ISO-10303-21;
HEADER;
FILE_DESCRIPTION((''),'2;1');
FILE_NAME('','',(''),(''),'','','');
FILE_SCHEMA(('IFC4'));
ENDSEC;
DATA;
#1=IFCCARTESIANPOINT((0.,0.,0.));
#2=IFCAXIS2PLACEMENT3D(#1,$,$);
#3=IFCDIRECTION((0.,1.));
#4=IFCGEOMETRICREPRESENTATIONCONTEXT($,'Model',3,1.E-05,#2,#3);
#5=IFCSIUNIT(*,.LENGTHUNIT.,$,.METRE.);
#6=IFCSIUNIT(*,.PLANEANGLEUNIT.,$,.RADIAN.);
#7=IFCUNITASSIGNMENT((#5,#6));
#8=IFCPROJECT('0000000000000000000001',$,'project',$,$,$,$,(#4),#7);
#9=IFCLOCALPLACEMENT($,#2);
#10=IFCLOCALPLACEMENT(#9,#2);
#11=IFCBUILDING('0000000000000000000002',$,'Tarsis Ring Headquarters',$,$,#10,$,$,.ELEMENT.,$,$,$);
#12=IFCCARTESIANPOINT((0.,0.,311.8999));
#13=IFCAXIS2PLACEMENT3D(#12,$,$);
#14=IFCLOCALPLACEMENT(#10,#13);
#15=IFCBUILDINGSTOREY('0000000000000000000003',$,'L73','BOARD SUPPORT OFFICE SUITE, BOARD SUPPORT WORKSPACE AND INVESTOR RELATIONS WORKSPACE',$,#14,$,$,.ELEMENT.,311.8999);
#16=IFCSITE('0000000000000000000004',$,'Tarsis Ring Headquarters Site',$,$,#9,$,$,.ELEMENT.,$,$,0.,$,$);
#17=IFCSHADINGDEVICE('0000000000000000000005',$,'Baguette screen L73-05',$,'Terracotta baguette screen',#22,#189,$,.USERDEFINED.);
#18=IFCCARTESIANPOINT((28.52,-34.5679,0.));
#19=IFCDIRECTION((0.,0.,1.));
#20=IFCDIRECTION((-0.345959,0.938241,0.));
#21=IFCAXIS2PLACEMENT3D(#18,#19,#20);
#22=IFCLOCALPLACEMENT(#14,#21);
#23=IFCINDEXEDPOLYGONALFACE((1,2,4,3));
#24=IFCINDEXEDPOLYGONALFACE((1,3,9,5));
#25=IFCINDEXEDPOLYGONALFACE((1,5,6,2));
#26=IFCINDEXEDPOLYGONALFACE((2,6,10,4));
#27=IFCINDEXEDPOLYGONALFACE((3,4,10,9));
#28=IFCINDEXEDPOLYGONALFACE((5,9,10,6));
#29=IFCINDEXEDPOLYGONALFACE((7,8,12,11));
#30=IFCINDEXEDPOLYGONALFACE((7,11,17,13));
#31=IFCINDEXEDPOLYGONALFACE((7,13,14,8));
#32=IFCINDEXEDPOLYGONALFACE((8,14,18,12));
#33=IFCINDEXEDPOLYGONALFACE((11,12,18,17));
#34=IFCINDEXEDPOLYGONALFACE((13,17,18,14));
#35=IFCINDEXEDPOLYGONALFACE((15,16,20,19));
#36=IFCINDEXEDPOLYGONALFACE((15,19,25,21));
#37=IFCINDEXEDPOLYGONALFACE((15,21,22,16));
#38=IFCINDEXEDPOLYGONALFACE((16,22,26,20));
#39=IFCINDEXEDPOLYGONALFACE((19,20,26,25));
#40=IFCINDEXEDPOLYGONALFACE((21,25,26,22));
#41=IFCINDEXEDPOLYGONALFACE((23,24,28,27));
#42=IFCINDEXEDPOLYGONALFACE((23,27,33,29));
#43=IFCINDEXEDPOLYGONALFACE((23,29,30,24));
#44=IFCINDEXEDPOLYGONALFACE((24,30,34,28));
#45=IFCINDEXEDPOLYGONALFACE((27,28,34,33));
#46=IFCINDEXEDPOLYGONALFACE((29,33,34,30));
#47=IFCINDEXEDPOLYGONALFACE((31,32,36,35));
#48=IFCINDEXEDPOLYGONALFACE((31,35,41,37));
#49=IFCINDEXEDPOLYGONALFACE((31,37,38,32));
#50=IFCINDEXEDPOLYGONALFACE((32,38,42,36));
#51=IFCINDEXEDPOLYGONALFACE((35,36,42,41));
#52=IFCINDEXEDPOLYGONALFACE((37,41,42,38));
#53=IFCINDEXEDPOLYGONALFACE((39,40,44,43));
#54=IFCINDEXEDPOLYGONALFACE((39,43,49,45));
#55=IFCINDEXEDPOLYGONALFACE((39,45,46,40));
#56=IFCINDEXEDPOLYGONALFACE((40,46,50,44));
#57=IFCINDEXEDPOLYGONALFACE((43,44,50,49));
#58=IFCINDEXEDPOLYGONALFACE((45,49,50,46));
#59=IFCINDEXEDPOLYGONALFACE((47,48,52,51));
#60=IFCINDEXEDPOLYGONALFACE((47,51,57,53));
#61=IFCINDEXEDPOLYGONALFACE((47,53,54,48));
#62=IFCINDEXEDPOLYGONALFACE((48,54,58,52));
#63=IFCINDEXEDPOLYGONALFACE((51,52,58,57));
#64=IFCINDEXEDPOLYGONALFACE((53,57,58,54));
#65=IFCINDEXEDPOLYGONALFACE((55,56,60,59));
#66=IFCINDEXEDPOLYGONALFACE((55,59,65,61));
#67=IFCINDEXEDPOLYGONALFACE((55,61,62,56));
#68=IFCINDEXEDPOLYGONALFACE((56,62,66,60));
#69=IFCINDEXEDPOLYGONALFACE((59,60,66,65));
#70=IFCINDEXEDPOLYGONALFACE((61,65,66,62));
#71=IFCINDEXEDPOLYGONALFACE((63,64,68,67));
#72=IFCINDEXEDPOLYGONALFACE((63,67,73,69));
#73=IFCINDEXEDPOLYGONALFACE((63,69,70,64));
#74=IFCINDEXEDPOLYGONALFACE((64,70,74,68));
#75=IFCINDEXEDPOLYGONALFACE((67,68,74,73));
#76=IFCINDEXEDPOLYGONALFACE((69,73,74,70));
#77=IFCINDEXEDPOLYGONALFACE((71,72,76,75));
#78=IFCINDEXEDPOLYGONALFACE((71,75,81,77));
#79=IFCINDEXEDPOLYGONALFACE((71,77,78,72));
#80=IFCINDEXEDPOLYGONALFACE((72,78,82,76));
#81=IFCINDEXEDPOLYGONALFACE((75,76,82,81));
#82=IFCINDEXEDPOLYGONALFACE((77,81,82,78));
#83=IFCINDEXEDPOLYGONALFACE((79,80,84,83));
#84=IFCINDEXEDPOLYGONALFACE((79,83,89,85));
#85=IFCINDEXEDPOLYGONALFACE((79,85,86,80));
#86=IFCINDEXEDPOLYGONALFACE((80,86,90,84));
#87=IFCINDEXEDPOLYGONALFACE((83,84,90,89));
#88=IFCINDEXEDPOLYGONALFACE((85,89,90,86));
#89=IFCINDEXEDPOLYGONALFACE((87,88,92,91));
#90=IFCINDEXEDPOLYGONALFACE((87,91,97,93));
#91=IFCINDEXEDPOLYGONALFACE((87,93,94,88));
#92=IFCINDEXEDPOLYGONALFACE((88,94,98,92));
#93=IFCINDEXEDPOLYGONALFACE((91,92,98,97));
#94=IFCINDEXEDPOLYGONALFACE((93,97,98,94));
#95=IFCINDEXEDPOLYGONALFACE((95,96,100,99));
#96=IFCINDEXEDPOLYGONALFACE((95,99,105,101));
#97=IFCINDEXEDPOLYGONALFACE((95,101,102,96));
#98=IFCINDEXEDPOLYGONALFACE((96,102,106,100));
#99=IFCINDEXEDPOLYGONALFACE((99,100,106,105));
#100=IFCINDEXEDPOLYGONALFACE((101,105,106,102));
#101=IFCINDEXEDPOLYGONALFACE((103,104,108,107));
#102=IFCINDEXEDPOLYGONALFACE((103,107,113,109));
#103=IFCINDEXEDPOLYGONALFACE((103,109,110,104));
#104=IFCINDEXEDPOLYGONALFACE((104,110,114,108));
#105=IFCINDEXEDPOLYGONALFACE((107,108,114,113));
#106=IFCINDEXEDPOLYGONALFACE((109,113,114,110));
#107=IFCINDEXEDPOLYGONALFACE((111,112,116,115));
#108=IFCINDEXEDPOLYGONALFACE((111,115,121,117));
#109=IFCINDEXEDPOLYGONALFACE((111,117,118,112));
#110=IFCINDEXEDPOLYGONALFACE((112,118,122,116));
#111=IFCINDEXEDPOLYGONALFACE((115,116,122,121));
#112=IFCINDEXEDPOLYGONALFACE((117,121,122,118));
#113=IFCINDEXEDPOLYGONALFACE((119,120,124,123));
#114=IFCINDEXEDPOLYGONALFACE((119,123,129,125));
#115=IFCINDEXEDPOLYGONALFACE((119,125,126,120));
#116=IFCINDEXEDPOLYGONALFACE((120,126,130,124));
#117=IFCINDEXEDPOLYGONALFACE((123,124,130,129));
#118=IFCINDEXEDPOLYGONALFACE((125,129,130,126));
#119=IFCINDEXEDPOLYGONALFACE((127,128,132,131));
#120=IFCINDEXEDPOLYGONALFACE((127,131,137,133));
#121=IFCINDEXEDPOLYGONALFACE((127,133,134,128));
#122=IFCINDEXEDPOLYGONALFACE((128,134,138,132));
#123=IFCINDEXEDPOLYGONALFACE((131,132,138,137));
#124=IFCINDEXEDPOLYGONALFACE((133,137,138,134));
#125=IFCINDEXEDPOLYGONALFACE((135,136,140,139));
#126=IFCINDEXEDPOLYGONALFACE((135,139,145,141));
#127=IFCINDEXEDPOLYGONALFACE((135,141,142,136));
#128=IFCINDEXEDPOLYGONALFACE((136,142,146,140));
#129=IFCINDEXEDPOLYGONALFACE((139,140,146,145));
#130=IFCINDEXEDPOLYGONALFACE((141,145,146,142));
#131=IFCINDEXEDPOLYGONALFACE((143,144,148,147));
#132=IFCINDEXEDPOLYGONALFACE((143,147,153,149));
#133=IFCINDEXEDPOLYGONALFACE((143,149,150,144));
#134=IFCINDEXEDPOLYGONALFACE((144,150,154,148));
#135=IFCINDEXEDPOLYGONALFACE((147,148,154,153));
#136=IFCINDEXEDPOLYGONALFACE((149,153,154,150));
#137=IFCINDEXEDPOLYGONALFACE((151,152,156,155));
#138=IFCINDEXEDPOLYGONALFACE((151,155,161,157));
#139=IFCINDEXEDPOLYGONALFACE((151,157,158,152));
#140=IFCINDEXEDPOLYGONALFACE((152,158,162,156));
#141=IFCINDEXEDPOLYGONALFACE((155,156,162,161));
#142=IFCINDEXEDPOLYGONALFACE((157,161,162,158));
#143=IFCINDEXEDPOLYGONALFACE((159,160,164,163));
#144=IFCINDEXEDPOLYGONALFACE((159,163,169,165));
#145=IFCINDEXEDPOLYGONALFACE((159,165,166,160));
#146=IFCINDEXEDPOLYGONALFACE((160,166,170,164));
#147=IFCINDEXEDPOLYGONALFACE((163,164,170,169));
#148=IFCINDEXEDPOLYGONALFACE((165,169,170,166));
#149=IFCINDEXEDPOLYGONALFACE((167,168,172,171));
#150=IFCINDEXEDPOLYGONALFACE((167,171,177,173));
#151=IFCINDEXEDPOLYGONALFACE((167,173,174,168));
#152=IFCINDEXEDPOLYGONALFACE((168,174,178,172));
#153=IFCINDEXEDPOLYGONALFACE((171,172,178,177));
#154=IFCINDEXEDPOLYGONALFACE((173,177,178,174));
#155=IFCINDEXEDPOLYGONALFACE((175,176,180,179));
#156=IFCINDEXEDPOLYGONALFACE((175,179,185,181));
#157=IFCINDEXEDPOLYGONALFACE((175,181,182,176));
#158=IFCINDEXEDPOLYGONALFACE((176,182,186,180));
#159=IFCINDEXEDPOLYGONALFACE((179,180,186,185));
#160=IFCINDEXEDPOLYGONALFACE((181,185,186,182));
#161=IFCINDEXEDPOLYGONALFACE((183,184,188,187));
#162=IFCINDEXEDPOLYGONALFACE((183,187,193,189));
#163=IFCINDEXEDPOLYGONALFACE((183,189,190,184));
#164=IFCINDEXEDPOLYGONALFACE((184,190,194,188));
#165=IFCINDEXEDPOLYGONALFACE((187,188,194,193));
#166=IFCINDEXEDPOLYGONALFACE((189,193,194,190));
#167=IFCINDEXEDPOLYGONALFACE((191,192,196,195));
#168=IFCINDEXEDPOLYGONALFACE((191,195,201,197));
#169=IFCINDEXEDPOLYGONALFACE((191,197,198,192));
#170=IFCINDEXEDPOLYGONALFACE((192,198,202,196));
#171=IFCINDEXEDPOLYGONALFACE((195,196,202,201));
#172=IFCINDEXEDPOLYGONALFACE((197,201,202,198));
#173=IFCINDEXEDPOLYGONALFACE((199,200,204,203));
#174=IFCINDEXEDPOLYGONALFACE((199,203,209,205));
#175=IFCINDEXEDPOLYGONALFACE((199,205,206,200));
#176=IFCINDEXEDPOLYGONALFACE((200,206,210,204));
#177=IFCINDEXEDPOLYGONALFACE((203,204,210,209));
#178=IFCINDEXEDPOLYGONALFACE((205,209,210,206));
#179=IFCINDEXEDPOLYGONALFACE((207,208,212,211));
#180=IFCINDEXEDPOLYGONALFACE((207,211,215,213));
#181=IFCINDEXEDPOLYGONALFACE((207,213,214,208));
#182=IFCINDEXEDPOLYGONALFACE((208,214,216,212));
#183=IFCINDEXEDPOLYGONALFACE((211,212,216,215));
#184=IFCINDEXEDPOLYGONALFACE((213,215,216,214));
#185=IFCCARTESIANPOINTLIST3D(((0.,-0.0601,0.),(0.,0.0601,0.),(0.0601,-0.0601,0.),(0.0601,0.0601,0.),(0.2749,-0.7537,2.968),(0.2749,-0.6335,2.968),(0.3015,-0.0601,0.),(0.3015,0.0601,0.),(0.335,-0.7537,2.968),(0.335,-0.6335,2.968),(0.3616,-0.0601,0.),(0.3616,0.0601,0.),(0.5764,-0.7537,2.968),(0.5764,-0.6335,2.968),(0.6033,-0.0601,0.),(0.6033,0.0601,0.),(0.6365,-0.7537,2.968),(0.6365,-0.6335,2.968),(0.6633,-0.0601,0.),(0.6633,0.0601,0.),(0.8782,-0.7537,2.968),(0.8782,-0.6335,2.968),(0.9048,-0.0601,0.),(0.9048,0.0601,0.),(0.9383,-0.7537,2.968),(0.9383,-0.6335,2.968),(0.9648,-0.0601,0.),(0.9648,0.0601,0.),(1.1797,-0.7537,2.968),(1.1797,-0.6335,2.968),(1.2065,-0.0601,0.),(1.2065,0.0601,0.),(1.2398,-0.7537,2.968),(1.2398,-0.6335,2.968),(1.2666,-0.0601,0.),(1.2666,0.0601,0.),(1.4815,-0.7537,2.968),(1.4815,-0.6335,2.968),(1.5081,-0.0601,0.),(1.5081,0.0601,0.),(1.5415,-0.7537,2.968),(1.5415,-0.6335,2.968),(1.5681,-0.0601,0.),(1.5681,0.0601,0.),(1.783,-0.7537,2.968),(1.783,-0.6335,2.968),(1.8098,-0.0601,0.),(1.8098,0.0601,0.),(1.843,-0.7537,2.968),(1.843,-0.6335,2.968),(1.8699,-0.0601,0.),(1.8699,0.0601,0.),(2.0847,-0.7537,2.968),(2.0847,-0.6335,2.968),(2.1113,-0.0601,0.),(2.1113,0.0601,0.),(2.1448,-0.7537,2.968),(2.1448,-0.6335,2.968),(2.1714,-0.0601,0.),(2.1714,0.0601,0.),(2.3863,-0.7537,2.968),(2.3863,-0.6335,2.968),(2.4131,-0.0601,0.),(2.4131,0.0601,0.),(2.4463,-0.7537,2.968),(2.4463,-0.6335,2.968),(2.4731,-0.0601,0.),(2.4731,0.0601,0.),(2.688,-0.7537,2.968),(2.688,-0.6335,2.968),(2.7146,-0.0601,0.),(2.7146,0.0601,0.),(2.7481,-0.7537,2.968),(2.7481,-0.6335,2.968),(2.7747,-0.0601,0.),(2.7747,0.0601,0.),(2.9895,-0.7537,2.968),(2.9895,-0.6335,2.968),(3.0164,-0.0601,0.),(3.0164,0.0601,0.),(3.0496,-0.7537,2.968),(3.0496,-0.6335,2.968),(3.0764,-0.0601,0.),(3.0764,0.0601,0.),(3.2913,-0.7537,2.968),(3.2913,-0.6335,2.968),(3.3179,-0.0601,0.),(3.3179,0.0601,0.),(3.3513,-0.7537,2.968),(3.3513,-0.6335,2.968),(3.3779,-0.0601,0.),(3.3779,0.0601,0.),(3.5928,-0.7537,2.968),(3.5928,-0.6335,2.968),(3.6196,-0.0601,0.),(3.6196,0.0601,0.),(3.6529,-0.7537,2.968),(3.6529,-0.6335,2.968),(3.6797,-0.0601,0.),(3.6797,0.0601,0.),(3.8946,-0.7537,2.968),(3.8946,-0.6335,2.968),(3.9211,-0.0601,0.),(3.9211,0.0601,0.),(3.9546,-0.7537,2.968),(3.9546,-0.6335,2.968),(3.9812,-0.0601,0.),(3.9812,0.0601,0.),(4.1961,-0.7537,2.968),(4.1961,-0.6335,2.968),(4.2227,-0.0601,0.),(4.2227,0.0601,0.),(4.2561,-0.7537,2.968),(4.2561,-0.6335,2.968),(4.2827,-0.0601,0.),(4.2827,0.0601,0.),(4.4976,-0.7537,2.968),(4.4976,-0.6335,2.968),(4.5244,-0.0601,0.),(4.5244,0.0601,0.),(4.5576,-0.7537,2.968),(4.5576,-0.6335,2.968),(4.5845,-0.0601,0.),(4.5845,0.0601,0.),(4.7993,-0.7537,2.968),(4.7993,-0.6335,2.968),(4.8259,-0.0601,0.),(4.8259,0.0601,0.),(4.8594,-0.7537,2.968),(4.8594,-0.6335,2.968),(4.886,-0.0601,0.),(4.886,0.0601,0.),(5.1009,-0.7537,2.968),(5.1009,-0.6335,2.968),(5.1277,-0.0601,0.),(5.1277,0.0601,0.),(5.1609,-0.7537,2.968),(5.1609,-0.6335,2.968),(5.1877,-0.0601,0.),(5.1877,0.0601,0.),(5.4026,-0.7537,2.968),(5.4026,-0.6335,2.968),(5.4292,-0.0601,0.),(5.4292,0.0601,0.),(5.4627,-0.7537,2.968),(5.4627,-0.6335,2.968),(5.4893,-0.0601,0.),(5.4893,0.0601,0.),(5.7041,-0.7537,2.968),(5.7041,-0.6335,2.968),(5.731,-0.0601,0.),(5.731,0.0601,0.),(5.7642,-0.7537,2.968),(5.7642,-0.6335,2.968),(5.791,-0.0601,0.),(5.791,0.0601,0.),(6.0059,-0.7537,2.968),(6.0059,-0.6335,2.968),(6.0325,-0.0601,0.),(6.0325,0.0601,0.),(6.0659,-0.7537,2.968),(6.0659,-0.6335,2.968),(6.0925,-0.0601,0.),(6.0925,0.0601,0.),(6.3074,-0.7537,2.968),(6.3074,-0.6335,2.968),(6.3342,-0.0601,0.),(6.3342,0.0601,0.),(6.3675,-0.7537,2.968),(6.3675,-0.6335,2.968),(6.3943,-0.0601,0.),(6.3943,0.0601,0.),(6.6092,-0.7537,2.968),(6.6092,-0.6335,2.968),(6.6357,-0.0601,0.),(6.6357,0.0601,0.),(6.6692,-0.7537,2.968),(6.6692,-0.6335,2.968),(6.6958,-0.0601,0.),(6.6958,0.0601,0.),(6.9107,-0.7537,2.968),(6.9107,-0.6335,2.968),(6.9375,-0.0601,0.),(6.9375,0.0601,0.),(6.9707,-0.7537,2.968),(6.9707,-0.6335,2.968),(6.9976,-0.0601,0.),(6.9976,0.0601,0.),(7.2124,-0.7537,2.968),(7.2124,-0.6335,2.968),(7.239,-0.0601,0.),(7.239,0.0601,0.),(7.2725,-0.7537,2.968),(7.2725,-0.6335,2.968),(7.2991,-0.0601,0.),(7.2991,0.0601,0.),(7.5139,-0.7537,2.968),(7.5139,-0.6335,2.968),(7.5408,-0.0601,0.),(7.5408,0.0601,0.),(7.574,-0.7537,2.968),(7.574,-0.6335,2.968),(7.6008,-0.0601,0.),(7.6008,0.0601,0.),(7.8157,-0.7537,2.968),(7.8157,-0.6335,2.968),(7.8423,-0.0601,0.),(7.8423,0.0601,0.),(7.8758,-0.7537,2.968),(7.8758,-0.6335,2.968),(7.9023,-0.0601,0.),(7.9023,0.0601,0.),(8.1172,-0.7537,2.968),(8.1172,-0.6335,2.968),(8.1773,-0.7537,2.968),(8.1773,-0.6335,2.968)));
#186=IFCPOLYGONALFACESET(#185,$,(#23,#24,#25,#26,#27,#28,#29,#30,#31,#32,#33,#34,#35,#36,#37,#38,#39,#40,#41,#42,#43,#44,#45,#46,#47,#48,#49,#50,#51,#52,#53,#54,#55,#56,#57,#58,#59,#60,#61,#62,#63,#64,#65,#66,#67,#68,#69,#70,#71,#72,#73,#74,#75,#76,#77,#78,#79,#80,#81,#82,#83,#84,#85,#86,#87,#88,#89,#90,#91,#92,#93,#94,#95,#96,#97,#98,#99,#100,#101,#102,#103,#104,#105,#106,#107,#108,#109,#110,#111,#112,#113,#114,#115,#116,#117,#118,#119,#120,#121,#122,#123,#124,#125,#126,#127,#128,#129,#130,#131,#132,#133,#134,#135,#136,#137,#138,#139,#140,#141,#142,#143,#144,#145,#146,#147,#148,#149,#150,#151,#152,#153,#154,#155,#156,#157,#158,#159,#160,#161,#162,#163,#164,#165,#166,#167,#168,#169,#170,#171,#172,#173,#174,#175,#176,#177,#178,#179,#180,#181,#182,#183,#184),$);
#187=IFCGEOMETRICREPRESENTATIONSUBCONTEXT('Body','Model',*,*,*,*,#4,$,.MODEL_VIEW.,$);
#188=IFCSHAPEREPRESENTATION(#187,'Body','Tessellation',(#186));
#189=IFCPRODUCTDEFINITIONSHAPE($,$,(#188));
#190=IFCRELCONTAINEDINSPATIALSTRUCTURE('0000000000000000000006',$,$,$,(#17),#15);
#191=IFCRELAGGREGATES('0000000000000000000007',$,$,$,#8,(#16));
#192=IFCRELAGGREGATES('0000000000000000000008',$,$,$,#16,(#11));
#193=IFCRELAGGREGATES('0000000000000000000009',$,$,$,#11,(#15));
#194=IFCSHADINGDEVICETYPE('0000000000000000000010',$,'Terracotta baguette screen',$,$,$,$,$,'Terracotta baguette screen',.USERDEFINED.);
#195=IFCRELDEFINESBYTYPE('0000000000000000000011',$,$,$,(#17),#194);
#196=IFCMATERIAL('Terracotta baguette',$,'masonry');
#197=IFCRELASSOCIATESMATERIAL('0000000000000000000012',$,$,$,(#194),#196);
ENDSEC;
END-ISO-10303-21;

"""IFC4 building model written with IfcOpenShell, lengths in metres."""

from ifc_helpers import new_model, si_unit, direction, frame, frame_2d, origin, place, context, subcontext, project, spatial, rectangle, composite_profile, extrude, material, type_object, element, save


model = new_model("IFC4")

# Units and contexts
model_context = context("Model", 3, precision=1e-05, world=origin(), true_north=direction((0.0, 1.0)))
body_context = subcontext(model_context, "Body", "Model", "MODEL_VIEW")
ifc_project = project(units=[si_unit("LENGTHUNIT", "METRE"), si_unit("PLANEANGLEUNIT", "RADIAN")], contexts=[model_context])

# Site, building, storey
site_placement = place(None, origin())
site = spatial("IfcSite", under=ifc_project, at=site_placement, Name="Tarsis Ring Headquarters Site", CompositionType="ELEMENT", RefElevation=0.0)
building_placement = place(site_placement, origin())
building = spatial("IfcBuilding", under=site, at=building_placement, Name="Tarsis Ring Headquarters", CompositionType="ELEMENT")
storey_placement = place(building_placement, frame((0.0, 0.0, 311.8999)))
storey = spatial("IfcBuildingStorey", under=building, at=storey_placement, Name="L73", Description="BOARD SUPPORT OFFICE SUITE, BOARD SUPPORT WORKSPACE AND INVESTOR RELATIONS WORKSPACE", CompositionType="ELEMENT", Elevation=311.8999)

# Shading device
ifc_material_1 = material(Name="Terracotta baguette", Category="masonry")
shading_device_type_1 = type_object("IfcShadingDeviceType", Name="Terracotta baguette screen", ElementType="Terracotta baguette screen", PredefinedType="USERDEFINED", material=ifc_material_1)
shading_device_1_placement = place(storey_placement, frame((28.52, -34.5679, 0.0), z_axis=(0.0, 0.0, 1.0), x_axis=(-0.345959, 0.938241, 0.0)))
element("IfcShadingDevice", 1, at=shading_device_1_placement, inside=storey, type_object=shading_device_type_1, Name="Baguette screen L73-05", ObjectType="Terracotta baguette screen", PredefinedType="USERDEFINED", context=body_context, shape_type="SweptSolid", body=[
    extrude(composite_profile([rectangle(XDim=0.0601, YDim=0.1201, at=frame_2d((0.03, 0.0))), rectangle(XDim=0.0601, YDim=0.1201, at=frame_2d((0.3315, 0.0))), rectangle(XDim=0.0601, YDim=0.1201, at=frame_2d((0.6333, 0.0))), rectangle(XDim=0.0601, YDim=0.1201, at=frame_2d((0.9348, 0.0))), rectangle(XDim=0.0601, YDim=0.1201, at=frame_2d((1.2366, 0.0))), rectangle(XDim=0.0601, YDim=0.1201, at=frame_2d((1.5381, 0.0))), rectangle(XDim=0.0601, YDim=0.1201, at=frame_2d((1.8398, 0.0))), rectangle(XDim=0.0601, YDim=0.1201, at=frame_2d((2.1414, 0.0))), rectangle(XDim=0.0601, YDim=0.1201, at=frame_2d((2.4431, 0.0))), rectangle(XDim=0.0601, YDim=0.1201, at=frame_2d((2.7446, 0.0))), rectangle(XDim=0.0601, YDim=0.1201, at=frame_2d((3.0464, 0.0))), rectangle(XDim=0.0601, YDim=0.1201, at=frame_2d((3.3479, 0.0))), rectangle(XDim=0.0601, YDim=0.1201, at=frame_2d((3.6497, 0.0))), rectangle(XDim=0.0601, YDim=0.1201, at=frame_2d((3.9512, 0.0))), rectangle(XDim=0.0601, YDim=0.1201, at=frame_2d((4.2527, 0.0))), rectangle(XDim=0.0601, YDim=0.1201, at=frame_2d((4.5544, 0.0))), rectangle(XDim=0.0601, YDim=0.1201, at=frame_2d((4.856, 0.0))), rectangle(XDim=0.0601, YDim=0.1201, at=frame_2d((5.1577, 0.0))), rectangle(XDim=0.0601, YDim=0.1201, at=frame_2d((5.4592, 0.0))), rectangle(XDim=0.0601, YDim=0.1201, at=frame_2d((5.761, 0.0))), rectangle(XDim=0.0601, YDim=0.1201, at=frame_2d((6.0625, 0.0))), rectangle(XDim=0.0601, YDim=0.1201, at=frame_2d((6.3643, 0.0))), rectangle(XDim=0.0601, YDim=0.1201, at=frame_2d((6.6658, 0.0))), rectangle(XDim=0.0601, YDim=0.1201, at=frame_2d((6.9675, 0.0))), rectangle(XDim=0.0601, YDim=0.1201, at=frame_2d((7.269, 0.0))), rectangle(XDim=0.0601, YDim=0.1201, at=frame_2d((7.5708, 0.0))), rectangle(XDim=0.0601, YDim=0.1201, at=frame_2d((7.8723, 0.0)))]), origin(), (0.089837, -0.226643, 0.969826), 3.0603),
])

save(model, "model.ifc")
